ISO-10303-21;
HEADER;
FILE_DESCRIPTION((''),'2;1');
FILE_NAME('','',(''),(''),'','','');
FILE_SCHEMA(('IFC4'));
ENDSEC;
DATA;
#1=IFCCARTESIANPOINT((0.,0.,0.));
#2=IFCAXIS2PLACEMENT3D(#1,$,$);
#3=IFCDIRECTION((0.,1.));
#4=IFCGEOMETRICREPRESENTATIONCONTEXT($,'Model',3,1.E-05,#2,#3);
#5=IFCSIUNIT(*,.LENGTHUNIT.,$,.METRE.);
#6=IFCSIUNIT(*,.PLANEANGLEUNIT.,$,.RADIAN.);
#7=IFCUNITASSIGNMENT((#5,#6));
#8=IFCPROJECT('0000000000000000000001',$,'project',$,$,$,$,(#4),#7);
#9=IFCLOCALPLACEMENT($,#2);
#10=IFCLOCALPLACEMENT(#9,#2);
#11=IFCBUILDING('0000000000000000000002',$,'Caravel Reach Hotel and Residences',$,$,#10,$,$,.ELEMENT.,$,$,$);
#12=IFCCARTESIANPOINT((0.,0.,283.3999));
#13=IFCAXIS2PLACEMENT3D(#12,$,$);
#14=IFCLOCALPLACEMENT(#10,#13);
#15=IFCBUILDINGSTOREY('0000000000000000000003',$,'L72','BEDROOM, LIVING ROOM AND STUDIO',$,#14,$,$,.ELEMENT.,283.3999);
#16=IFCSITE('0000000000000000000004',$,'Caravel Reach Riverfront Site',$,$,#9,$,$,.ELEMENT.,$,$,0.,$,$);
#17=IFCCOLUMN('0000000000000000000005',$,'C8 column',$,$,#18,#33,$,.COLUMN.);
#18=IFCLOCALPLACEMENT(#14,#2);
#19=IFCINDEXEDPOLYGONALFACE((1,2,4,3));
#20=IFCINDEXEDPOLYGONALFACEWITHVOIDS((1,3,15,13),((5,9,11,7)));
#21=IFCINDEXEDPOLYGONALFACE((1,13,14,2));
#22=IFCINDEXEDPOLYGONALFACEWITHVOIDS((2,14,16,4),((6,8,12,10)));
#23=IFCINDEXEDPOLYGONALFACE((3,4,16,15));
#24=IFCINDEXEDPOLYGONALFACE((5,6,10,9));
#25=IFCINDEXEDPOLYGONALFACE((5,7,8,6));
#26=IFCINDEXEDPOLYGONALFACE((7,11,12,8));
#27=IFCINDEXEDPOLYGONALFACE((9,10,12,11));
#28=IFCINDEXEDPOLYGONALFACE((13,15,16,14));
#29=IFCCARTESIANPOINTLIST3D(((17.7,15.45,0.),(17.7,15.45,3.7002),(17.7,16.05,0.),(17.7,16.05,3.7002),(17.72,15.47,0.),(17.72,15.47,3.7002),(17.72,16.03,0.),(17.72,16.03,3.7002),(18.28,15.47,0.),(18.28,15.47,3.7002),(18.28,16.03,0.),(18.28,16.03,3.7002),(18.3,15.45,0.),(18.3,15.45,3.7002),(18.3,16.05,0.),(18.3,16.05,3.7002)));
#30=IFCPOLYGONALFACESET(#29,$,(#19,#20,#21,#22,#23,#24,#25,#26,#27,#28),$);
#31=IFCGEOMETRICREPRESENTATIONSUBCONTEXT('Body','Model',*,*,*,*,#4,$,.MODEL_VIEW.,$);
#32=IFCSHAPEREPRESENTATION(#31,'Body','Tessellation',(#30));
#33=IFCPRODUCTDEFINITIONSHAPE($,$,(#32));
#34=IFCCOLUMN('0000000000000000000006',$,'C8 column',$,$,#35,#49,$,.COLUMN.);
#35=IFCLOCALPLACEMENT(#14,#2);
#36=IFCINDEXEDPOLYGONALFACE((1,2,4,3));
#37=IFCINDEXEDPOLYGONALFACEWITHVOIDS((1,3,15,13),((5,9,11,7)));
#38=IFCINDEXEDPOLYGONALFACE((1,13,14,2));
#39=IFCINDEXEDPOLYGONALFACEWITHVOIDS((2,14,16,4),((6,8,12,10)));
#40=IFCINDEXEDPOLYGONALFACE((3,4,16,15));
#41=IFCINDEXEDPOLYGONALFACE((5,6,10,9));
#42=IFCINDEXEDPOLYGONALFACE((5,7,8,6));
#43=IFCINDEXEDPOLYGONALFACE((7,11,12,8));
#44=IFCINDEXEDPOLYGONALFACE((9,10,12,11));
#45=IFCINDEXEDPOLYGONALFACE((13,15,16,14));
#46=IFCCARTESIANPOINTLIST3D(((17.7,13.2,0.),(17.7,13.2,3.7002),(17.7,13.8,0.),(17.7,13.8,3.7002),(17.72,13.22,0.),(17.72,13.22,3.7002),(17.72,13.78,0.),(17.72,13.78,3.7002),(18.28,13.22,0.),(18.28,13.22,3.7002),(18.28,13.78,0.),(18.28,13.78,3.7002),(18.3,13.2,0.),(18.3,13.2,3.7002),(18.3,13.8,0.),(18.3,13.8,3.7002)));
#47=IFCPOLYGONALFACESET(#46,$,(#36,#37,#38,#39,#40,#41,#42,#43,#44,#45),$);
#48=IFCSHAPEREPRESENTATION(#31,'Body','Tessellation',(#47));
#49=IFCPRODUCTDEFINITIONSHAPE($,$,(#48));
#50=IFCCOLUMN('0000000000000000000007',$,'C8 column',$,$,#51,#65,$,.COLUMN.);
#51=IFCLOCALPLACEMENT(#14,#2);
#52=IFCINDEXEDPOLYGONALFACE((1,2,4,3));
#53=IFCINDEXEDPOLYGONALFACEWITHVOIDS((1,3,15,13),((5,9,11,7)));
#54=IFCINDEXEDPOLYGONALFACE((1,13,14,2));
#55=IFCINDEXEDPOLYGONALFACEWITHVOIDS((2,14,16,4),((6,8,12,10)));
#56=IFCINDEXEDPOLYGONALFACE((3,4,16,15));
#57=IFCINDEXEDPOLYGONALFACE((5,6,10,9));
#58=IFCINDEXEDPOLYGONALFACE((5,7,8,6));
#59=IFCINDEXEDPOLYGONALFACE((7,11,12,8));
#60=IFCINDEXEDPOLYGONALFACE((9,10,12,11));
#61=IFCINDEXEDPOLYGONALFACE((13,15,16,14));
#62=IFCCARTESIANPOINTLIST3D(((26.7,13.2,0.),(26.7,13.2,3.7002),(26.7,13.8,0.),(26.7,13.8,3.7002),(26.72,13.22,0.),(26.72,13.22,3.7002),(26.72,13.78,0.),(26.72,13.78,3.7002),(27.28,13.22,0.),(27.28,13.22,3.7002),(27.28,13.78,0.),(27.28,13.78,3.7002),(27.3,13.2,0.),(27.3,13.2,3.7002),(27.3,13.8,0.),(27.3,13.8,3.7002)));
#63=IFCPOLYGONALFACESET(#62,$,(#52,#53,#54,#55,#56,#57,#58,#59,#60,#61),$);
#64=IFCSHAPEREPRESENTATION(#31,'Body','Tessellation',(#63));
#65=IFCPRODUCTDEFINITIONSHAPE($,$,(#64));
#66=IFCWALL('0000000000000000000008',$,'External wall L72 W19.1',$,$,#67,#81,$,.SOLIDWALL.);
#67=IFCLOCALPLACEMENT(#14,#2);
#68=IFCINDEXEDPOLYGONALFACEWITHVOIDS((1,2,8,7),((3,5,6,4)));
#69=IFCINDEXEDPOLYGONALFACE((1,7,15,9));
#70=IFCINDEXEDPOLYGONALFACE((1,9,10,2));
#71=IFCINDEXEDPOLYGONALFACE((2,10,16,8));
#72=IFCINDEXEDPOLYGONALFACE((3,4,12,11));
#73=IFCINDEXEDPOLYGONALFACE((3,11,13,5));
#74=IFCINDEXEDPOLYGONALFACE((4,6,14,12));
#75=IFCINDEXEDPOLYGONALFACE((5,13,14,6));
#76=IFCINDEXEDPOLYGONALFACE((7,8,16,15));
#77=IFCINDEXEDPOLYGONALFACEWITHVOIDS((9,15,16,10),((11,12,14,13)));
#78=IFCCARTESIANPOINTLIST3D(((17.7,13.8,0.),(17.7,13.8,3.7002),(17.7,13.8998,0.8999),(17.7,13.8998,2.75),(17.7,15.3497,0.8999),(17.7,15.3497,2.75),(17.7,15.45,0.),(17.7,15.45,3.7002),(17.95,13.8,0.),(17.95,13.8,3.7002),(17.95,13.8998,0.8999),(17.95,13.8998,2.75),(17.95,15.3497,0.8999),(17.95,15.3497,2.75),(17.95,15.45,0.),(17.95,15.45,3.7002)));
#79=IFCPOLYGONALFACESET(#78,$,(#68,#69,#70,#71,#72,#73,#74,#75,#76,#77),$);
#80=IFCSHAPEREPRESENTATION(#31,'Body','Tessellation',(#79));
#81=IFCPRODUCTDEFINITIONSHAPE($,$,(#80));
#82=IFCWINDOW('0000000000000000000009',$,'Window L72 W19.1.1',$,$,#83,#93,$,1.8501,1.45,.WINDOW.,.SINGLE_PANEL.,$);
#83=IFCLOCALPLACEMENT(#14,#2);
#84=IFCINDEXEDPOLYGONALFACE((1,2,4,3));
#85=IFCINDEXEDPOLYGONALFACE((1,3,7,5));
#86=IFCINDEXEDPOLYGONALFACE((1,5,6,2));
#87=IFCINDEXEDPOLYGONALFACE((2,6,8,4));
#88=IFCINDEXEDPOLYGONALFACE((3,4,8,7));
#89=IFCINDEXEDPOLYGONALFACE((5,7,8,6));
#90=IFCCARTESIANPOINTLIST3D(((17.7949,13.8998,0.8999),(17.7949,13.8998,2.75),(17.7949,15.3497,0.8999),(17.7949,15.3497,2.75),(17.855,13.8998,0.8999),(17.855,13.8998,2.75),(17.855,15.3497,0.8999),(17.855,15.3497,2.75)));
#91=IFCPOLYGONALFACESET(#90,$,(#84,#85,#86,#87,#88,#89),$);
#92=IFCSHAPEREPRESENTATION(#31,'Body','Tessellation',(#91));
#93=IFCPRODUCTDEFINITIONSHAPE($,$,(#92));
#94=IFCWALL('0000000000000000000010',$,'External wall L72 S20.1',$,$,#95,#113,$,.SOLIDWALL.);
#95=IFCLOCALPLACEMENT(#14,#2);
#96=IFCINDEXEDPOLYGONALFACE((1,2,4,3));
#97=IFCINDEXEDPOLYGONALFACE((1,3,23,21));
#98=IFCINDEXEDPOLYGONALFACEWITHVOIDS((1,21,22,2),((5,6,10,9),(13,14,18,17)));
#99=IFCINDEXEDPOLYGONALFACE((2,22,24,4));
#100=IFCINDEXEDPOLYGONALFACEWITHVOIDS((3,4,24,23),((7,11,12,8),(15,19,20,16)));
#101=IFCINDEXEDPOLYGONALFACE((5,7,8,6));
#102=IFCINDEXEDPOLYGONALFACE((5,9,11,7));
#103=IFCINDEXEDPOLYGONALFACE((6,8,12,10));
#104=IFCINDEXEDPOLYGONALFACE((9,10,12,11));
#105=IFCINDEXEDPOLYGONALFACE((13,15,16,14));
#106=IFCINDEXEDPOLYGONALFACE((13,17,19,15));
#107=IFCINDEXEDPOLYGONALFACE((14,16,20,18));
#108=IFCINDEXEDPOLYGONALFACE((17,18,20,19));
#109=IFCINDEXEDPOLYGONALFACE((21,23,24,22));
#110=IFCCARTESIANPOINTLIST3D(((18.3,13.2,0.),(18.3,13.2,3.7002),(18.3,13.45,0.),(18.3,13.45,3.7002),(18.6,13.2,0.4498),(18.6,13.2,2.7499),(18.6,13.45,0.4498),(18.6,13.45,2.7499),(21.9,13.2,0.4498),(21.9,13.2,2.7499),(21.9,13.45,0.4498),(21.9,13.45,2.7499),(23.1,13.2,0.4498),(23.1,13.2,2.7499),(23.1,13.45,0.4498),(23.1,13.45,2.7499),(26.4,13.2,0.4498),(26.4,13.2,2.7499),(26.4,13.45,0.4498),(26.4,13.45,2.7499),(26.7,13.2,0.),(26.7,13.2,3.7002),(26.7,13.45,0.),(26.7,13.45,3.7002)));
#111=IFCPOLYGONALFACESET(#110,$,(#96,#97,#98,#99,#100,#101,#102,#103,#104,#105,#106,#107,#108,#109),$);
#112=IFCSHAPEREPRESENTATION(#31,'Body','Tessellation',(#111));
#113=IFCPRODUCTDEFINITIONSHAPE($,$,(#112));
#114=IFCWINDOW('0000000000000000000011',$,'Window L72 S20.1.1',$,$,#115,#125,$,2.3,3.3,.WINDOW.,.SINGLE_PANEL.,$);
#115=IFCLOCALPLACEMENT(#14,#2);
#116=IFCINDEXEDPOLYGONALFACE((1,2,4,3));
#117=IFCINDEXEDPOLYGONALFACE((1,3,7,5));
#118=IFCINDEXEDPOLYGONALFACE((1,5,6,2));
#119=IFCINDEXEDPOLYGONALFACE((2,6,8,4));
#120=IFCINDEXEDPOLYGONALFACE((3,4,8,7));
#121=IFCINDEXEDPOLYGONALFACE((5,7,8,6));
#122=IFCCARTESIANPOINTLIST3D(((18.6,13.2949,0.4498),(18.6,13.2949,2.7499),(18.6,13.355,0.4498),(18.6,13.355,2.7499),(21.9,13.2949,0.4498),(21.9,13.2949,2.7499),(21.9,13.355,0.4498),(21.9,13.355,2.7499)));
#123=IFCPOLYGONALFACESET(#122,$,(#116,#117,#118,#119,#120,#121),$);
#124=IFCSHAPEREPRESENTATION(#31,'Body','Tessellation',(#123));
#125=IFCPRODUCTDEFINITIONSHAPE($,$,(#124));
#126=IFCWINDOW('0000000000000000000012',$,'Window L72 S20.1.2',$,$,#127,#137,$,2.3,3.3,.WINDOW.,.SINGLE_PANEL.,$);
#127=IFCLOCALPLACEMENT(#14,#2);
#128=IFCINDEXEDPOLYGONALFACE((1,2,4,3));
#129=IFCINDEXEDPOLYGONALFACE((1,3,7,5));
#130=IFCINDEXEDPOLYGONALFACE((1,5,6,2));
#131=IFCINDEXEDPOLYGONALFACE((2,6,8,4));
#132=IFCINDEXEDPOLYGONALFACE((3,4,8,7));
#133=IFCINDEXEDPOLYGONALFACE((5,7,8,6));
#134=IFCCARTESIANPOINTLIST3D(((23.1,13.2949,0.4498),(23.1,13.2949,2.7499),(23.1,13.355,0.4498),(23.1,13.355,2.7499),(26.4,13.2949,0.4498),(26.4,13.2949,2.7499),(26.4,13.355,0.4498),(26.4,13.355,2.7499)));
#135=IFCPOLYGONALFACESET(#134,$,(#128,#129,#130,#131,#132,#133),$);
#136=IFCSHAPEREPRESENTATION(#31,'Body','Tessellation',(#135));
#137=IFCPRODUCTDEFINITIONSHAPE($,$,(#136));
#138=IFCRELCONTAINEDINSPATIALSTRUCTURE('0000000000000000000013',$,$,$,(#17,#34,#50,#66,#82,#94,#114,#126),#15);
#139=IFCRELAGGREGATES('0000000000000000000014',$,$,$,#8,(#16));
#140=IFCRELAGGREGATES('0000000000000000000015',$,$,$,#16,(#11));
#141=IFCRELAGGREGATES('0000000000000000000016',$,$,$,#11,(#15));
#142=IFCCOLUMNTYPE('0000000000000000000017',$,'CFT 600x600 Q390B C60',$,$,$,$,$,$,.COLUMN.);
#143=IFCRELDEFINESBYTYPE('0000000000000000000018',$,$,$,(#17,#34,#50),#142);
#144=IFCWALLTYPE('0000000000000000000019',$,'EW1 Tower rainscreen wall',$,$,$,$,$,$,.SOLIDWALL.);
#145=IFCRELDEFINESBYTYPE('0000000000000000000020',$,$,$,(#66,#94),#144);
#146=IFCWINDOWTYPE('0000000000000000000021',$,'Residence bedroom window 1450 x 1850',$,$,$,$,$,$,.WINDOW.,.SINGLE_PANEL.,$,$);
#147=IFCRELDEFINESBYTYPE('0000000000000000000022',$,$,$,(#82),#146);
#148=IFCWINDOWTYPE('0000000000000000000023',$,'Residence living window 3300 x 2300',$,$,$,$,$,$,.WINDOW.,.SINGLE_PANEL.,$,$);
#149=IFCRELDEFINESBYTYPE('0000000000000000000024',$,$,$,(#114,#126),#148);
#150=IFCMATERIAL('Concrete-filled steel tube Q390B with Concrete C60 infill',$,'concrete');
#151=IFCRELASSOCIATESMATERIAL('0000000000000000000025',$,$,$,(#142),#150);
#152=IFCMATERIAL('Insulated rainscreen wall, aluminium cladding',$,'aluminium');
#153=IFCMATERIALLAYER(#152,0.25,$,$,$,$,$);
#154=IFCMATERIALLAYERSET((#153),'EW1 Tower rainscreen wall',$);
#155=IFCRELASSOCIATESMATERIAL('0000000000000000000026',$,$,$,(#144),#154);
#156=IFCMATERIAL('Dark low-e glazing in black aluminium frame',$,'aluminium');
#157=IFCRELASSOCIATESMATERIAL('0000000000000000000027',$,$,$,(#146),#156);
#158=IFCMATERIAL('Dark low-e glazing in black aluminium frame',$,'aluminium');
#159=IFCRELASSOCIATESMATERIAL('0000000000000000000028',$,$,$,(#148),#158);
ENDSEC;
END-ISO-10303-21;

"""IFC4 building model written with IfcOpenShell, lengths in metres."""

from ifc_helpers import new_model, si_unit, direction, frame, frame_2d, origin, origin_2d, place, context, subcontext, project, spatial, rectangle, hollow_rectangle, extrude, material, layer, layer_set, material_profile, profile_set, type_object, element, fill, save


model = new_model("IFC4")

# Units and contexts
model_context = context("Model", 3, precision=1e-05, world=origin(), true_north=direction((0.0, 1.0)))
body_context = subcontext(model_context, "Body", "Model", "MODEL_VIEW")
ifc_project = project(units=[si_unit("LENGTHUNIT", "METRE"), si_unit("PLANEANGLEUNIT", "RADIAN")], contexts=[model_context])

# Site, building, storey
site_placement = place(None, origin())
site = spatial("IfcSite", under=ifc_project, at=site_placement, Name="Caravel Reach Riverfront Site", CompositionType="ELEMENT", RefElevation=0.0)
building_placement = place(site_placement, origin())
building = spatial("IfcBuilding", under=site, at=building_placement, Name="Caravel Reach Hotel and Residences", CompositionType="ELEMENT")
storey_placement = place(building_placement, frame((0.0, 0.0, 283.3999)))
storey = spatial("IfcBuildingStorey", under=building, at=storey_placement, Name="L72", Description="BEDROOM, LIVING ROOM AND STUDIO", CompositionType="ELEMENT", Elevation=283.3999)

# Columns
ifc_material_1 = material(Name="Concrete-filled steel tube Q390B with Concrete C60 infill", Category="concrete")
ifc_material_profile = material_profile(ifc_material_1, hollow_rectangle(XDim=0.6001, YDim=0.6001, WallThickness=0.02, at=origin_2d()), Name="RHS 600x600x20")
ifc_profile_set = profile_set([ifc_material_profile], Name="Concrete-filled steel tube Q390B with Concrete C60 infill")
column_type = type_object("IfcColumnType", Name="CFT 600x600 Q390B C60", PredefinedType="COLUMN", material=ifc_profile_set)
for number, where, z_axis, x_axis, name in (
    (1, (18.0, 15.75, 0.0), (0.0, 0.0, 1.0), (1.0, 0.0, 0.0), "C8 column"),
    (2, (18.0, 13.5, 0.0), (0.0, 0.0, 1.0), (1.0, 0.0, 0.0), "C8 column"),
    (3, (27.0, 13.5, 0.0), (0.0, 0.0, 1.0), (1.0, 0.0, 0.0), "C8 column"),
):
    element("IfcColumn", number, at=place(storey_placement, frame(where, z_axis=z_axis, x_axis=x_axis)), inside=storey, type_object=column_type, Name=name, PredefinedType="COLUMN", context=body_context, shape_type="SweptSolid", body=[
        extrude(hollow_rectangle(XDim=0.6001, YDim=0.6001, WallThickness=0.02, at=origin_2d()), origin(), (0.0, 0.0, 1.0), 3.7002),
    ])

# Wall, opening, window
ifc_material_2 = material(Name="Insulated rainscreen wall, aluminium cladding", Category="aluminium")
ifc_layer_1 = layer(ifc_material_2, 0.25)
ifc_layer_set_1 = layer_set([ifc_layer_1], Name="EW1 Tower rainscreen wall")
wall_type_1 = type_object("IfcWallType", Name="EW1 Tower rainscreen wall", PredefinedType="SOLIDWALL", material=ifc_layer_set_1)
wall_1_placement = place(storey_placement, frame((17.825, 15.45, 0.0), z_axis=(0.0, 0.0, 1.0), x_axis=(0.0, -1.0, 0.0)))
wall_1 = element("IfcWall", 4, at=wall_1_placement, inside=storey, type_object=wall_type_1, Name="External wall L72 W19.1", PredefinedType="SOLIDWALL", context=body_context, shape_type="SweptSolid", body=[
    extrude(rectangle(XDim=1.6499, YDim=0.25, at=frame_2d((0.825, 0.0))), origin(), (0.0, 0.0, 1.0), 3.7002),
])
opening_1_placement = place(wall_1_placement, frame((0.1001, 0.0, 0.8999)))
opening_1 = element("IfcOpeningElement", 5, at=opening_1_placement, cuts=wall_1, PredefinedType="OPENING", context=body_context, shape_type="SweptSolid", body=[
    extrude(rectangle(XDim=1.45, YDim=1.8501, at=frame_2d((0.7251, 0.925))), frame((0.0, 0.135, 0.0), z_axis=(0.0, -1.0, 0.0), x_axis=(1.0, 0.0, 0.0)), (0.0, 0.0, 1.0), 0.27),
])
ifc_material_3 = material(Name="Dark low-e glazing in black aluminium frame", Category="aluminium")
window_type_1 = type_object("IfcWindowType", Name="Residence bedroom window 1450 x 1850", PartitioningType="SINGLE_PANEL", PredefinedType="WINDOW", material=ifc_material_3)
window_1_placement = place(opening_1_placement, origin())
window_1 = element("IfcWindow", 6, at=window_1_placement, inside=storey, type_object=window_type_1, Name="Window L72 W19.1.1", OverallHeight=1.8501, OverallWidth=1.45, PartitioningType="SINGLE_PANEL", PredefinedType="WINDOW", context=body_context, shape_type="SweptSolid", body=[
    extrude(rectangle(XDim=1.45, YDim=1.8501, at=frame_2d((0.7251, 0.925))), frame((0.0, 0.03, 0.0), z_axis=(0.0, -1.0, 0.0), x_axis=(1.0, 0.0, 0.0)), (0.0, 0.0, 1.0), 0.0601),
])
fill(opening_1, window_1)

# Wall, openings, windows
wall_2_placement = place(storey_placement, frame((18.3, 13.325, 0.0), z_axis=(0.0, 0.0, 1.0), x_axis=(1.0, 0.0, 0.0)))
wall_2 = element("IfcWall", 7, at=wall_2_placement, inside=storey, type_object=wall_type_1, Name="External wall L72 S20.1", PredefinedType="SOLIDWALL", context=body_context, shape_type="SweptSolid", body=[
    extrude(rectangle(XDim=8.3999, YDim=0.25, at=frame_2d((4.2, 0.0))), origin(), (0.0, 0.0, 1.0), 3.7002),
])
opening_2_placement = place(wall_2_placement, frame((0.3, 0.0, 0.45)))
opening_2 = element("IfcOpeningElement", 8, at=opening_2_placement, cuts=wall_2, PredefinedType="OPENING", context=body_context, shape_type="SweptSolid", body=[
    extrude(rectangle(XDim=3.3, YDim=2.3, at=frame_2d((1.6499, 1.1499))), frame((0.0, 0.135, 0.0), z_axis=(0.0, -1.0, 0.0), x_axis=(1.0, 0.0, 0.0)), (0.0, 0.0, 1.0), 0.27),
])
opening_3_placement = place(wall_2_placement, frame((4.8, 0.0, 0.45)))
opening_3 = element("IfcOpeningElement", 9, at=opening_3_placement, cuts=wall_2, PredefinedType="OPENING", context=body_context, shape_type="SweptSolid", body=[
    extrude(rectangle(XDim=3.3, YDim=2.3, at=frame_2d((1.6499, 1.1499))), frame((0.0, 0.135, 0.0), z_axis=(0.0, -1.0, 0.0), x_axis=(1.0, 0.0, 0.0)), (0.0, 0.0, 1.0), 0.27),
])
ifc_material_4 = material(Name="Dark low-e glazing in black aluminium frame", Category="aluminium")
window_type_2 = type_object("IfcWindowType", Name="Residence living window 3300 x 2300", PartitioningType="SINGLE_PANEL", PredefinedType="WINDOW", material=ifc_material_4)
window_2_placement = place(opening_2_placement, origin())
window_2 = element("IfcWindow", 10, at=window_2_placement, inside=storey, type_object=window_type_2, Name="Window L72 S20.1.1", OverallHeight=2.3, OverallWidth=3.3, PartitioningType="SINGLE_PANEL", PredefinedType="WINDOW", context=body_context, shape_type="SweptSolid", body=[
    extrude(rectangle(XDim=3.3, YDim=2.3, at=frame_2d((1.6499, 1.1499))), frame((0.0, 0.03, 0.0), z_axis=(0.0, -1.0, 0.0), x_axis=(1.0, 0.0, 0.0)), (0.0, 0.0, 1.0), 0.0601),
])
fill(opening_2, window_2)
window_3_placement = place(opening_3_placement, origin())
window_3 = element("IfcWindow", 11, at=window_3_placement, inside=storey, type_object=window_type_2, Name="Window L72 S20.1.2", OverallHeight=2.3, OverallWidth=3.3, PartitioningType="SINGLE_PANEL", PredefinedType="WINDOW", context=body_context, shape_type="SweptSolid", body=[
    extrude(rectangle(XDim=3.3, YDim=2.3, at=frame_2d((1.6499, 1.1499))), frame((0.0, 0.03, 0.0), z_axis=(0.0, -1.0, 0.0), x_axis=(1.0, 0.0, 0.0)), (0.0, 0.0, 1.0), 0.0601),
])
fill(opening_3, window_3)

save(model, "model.ifc")
